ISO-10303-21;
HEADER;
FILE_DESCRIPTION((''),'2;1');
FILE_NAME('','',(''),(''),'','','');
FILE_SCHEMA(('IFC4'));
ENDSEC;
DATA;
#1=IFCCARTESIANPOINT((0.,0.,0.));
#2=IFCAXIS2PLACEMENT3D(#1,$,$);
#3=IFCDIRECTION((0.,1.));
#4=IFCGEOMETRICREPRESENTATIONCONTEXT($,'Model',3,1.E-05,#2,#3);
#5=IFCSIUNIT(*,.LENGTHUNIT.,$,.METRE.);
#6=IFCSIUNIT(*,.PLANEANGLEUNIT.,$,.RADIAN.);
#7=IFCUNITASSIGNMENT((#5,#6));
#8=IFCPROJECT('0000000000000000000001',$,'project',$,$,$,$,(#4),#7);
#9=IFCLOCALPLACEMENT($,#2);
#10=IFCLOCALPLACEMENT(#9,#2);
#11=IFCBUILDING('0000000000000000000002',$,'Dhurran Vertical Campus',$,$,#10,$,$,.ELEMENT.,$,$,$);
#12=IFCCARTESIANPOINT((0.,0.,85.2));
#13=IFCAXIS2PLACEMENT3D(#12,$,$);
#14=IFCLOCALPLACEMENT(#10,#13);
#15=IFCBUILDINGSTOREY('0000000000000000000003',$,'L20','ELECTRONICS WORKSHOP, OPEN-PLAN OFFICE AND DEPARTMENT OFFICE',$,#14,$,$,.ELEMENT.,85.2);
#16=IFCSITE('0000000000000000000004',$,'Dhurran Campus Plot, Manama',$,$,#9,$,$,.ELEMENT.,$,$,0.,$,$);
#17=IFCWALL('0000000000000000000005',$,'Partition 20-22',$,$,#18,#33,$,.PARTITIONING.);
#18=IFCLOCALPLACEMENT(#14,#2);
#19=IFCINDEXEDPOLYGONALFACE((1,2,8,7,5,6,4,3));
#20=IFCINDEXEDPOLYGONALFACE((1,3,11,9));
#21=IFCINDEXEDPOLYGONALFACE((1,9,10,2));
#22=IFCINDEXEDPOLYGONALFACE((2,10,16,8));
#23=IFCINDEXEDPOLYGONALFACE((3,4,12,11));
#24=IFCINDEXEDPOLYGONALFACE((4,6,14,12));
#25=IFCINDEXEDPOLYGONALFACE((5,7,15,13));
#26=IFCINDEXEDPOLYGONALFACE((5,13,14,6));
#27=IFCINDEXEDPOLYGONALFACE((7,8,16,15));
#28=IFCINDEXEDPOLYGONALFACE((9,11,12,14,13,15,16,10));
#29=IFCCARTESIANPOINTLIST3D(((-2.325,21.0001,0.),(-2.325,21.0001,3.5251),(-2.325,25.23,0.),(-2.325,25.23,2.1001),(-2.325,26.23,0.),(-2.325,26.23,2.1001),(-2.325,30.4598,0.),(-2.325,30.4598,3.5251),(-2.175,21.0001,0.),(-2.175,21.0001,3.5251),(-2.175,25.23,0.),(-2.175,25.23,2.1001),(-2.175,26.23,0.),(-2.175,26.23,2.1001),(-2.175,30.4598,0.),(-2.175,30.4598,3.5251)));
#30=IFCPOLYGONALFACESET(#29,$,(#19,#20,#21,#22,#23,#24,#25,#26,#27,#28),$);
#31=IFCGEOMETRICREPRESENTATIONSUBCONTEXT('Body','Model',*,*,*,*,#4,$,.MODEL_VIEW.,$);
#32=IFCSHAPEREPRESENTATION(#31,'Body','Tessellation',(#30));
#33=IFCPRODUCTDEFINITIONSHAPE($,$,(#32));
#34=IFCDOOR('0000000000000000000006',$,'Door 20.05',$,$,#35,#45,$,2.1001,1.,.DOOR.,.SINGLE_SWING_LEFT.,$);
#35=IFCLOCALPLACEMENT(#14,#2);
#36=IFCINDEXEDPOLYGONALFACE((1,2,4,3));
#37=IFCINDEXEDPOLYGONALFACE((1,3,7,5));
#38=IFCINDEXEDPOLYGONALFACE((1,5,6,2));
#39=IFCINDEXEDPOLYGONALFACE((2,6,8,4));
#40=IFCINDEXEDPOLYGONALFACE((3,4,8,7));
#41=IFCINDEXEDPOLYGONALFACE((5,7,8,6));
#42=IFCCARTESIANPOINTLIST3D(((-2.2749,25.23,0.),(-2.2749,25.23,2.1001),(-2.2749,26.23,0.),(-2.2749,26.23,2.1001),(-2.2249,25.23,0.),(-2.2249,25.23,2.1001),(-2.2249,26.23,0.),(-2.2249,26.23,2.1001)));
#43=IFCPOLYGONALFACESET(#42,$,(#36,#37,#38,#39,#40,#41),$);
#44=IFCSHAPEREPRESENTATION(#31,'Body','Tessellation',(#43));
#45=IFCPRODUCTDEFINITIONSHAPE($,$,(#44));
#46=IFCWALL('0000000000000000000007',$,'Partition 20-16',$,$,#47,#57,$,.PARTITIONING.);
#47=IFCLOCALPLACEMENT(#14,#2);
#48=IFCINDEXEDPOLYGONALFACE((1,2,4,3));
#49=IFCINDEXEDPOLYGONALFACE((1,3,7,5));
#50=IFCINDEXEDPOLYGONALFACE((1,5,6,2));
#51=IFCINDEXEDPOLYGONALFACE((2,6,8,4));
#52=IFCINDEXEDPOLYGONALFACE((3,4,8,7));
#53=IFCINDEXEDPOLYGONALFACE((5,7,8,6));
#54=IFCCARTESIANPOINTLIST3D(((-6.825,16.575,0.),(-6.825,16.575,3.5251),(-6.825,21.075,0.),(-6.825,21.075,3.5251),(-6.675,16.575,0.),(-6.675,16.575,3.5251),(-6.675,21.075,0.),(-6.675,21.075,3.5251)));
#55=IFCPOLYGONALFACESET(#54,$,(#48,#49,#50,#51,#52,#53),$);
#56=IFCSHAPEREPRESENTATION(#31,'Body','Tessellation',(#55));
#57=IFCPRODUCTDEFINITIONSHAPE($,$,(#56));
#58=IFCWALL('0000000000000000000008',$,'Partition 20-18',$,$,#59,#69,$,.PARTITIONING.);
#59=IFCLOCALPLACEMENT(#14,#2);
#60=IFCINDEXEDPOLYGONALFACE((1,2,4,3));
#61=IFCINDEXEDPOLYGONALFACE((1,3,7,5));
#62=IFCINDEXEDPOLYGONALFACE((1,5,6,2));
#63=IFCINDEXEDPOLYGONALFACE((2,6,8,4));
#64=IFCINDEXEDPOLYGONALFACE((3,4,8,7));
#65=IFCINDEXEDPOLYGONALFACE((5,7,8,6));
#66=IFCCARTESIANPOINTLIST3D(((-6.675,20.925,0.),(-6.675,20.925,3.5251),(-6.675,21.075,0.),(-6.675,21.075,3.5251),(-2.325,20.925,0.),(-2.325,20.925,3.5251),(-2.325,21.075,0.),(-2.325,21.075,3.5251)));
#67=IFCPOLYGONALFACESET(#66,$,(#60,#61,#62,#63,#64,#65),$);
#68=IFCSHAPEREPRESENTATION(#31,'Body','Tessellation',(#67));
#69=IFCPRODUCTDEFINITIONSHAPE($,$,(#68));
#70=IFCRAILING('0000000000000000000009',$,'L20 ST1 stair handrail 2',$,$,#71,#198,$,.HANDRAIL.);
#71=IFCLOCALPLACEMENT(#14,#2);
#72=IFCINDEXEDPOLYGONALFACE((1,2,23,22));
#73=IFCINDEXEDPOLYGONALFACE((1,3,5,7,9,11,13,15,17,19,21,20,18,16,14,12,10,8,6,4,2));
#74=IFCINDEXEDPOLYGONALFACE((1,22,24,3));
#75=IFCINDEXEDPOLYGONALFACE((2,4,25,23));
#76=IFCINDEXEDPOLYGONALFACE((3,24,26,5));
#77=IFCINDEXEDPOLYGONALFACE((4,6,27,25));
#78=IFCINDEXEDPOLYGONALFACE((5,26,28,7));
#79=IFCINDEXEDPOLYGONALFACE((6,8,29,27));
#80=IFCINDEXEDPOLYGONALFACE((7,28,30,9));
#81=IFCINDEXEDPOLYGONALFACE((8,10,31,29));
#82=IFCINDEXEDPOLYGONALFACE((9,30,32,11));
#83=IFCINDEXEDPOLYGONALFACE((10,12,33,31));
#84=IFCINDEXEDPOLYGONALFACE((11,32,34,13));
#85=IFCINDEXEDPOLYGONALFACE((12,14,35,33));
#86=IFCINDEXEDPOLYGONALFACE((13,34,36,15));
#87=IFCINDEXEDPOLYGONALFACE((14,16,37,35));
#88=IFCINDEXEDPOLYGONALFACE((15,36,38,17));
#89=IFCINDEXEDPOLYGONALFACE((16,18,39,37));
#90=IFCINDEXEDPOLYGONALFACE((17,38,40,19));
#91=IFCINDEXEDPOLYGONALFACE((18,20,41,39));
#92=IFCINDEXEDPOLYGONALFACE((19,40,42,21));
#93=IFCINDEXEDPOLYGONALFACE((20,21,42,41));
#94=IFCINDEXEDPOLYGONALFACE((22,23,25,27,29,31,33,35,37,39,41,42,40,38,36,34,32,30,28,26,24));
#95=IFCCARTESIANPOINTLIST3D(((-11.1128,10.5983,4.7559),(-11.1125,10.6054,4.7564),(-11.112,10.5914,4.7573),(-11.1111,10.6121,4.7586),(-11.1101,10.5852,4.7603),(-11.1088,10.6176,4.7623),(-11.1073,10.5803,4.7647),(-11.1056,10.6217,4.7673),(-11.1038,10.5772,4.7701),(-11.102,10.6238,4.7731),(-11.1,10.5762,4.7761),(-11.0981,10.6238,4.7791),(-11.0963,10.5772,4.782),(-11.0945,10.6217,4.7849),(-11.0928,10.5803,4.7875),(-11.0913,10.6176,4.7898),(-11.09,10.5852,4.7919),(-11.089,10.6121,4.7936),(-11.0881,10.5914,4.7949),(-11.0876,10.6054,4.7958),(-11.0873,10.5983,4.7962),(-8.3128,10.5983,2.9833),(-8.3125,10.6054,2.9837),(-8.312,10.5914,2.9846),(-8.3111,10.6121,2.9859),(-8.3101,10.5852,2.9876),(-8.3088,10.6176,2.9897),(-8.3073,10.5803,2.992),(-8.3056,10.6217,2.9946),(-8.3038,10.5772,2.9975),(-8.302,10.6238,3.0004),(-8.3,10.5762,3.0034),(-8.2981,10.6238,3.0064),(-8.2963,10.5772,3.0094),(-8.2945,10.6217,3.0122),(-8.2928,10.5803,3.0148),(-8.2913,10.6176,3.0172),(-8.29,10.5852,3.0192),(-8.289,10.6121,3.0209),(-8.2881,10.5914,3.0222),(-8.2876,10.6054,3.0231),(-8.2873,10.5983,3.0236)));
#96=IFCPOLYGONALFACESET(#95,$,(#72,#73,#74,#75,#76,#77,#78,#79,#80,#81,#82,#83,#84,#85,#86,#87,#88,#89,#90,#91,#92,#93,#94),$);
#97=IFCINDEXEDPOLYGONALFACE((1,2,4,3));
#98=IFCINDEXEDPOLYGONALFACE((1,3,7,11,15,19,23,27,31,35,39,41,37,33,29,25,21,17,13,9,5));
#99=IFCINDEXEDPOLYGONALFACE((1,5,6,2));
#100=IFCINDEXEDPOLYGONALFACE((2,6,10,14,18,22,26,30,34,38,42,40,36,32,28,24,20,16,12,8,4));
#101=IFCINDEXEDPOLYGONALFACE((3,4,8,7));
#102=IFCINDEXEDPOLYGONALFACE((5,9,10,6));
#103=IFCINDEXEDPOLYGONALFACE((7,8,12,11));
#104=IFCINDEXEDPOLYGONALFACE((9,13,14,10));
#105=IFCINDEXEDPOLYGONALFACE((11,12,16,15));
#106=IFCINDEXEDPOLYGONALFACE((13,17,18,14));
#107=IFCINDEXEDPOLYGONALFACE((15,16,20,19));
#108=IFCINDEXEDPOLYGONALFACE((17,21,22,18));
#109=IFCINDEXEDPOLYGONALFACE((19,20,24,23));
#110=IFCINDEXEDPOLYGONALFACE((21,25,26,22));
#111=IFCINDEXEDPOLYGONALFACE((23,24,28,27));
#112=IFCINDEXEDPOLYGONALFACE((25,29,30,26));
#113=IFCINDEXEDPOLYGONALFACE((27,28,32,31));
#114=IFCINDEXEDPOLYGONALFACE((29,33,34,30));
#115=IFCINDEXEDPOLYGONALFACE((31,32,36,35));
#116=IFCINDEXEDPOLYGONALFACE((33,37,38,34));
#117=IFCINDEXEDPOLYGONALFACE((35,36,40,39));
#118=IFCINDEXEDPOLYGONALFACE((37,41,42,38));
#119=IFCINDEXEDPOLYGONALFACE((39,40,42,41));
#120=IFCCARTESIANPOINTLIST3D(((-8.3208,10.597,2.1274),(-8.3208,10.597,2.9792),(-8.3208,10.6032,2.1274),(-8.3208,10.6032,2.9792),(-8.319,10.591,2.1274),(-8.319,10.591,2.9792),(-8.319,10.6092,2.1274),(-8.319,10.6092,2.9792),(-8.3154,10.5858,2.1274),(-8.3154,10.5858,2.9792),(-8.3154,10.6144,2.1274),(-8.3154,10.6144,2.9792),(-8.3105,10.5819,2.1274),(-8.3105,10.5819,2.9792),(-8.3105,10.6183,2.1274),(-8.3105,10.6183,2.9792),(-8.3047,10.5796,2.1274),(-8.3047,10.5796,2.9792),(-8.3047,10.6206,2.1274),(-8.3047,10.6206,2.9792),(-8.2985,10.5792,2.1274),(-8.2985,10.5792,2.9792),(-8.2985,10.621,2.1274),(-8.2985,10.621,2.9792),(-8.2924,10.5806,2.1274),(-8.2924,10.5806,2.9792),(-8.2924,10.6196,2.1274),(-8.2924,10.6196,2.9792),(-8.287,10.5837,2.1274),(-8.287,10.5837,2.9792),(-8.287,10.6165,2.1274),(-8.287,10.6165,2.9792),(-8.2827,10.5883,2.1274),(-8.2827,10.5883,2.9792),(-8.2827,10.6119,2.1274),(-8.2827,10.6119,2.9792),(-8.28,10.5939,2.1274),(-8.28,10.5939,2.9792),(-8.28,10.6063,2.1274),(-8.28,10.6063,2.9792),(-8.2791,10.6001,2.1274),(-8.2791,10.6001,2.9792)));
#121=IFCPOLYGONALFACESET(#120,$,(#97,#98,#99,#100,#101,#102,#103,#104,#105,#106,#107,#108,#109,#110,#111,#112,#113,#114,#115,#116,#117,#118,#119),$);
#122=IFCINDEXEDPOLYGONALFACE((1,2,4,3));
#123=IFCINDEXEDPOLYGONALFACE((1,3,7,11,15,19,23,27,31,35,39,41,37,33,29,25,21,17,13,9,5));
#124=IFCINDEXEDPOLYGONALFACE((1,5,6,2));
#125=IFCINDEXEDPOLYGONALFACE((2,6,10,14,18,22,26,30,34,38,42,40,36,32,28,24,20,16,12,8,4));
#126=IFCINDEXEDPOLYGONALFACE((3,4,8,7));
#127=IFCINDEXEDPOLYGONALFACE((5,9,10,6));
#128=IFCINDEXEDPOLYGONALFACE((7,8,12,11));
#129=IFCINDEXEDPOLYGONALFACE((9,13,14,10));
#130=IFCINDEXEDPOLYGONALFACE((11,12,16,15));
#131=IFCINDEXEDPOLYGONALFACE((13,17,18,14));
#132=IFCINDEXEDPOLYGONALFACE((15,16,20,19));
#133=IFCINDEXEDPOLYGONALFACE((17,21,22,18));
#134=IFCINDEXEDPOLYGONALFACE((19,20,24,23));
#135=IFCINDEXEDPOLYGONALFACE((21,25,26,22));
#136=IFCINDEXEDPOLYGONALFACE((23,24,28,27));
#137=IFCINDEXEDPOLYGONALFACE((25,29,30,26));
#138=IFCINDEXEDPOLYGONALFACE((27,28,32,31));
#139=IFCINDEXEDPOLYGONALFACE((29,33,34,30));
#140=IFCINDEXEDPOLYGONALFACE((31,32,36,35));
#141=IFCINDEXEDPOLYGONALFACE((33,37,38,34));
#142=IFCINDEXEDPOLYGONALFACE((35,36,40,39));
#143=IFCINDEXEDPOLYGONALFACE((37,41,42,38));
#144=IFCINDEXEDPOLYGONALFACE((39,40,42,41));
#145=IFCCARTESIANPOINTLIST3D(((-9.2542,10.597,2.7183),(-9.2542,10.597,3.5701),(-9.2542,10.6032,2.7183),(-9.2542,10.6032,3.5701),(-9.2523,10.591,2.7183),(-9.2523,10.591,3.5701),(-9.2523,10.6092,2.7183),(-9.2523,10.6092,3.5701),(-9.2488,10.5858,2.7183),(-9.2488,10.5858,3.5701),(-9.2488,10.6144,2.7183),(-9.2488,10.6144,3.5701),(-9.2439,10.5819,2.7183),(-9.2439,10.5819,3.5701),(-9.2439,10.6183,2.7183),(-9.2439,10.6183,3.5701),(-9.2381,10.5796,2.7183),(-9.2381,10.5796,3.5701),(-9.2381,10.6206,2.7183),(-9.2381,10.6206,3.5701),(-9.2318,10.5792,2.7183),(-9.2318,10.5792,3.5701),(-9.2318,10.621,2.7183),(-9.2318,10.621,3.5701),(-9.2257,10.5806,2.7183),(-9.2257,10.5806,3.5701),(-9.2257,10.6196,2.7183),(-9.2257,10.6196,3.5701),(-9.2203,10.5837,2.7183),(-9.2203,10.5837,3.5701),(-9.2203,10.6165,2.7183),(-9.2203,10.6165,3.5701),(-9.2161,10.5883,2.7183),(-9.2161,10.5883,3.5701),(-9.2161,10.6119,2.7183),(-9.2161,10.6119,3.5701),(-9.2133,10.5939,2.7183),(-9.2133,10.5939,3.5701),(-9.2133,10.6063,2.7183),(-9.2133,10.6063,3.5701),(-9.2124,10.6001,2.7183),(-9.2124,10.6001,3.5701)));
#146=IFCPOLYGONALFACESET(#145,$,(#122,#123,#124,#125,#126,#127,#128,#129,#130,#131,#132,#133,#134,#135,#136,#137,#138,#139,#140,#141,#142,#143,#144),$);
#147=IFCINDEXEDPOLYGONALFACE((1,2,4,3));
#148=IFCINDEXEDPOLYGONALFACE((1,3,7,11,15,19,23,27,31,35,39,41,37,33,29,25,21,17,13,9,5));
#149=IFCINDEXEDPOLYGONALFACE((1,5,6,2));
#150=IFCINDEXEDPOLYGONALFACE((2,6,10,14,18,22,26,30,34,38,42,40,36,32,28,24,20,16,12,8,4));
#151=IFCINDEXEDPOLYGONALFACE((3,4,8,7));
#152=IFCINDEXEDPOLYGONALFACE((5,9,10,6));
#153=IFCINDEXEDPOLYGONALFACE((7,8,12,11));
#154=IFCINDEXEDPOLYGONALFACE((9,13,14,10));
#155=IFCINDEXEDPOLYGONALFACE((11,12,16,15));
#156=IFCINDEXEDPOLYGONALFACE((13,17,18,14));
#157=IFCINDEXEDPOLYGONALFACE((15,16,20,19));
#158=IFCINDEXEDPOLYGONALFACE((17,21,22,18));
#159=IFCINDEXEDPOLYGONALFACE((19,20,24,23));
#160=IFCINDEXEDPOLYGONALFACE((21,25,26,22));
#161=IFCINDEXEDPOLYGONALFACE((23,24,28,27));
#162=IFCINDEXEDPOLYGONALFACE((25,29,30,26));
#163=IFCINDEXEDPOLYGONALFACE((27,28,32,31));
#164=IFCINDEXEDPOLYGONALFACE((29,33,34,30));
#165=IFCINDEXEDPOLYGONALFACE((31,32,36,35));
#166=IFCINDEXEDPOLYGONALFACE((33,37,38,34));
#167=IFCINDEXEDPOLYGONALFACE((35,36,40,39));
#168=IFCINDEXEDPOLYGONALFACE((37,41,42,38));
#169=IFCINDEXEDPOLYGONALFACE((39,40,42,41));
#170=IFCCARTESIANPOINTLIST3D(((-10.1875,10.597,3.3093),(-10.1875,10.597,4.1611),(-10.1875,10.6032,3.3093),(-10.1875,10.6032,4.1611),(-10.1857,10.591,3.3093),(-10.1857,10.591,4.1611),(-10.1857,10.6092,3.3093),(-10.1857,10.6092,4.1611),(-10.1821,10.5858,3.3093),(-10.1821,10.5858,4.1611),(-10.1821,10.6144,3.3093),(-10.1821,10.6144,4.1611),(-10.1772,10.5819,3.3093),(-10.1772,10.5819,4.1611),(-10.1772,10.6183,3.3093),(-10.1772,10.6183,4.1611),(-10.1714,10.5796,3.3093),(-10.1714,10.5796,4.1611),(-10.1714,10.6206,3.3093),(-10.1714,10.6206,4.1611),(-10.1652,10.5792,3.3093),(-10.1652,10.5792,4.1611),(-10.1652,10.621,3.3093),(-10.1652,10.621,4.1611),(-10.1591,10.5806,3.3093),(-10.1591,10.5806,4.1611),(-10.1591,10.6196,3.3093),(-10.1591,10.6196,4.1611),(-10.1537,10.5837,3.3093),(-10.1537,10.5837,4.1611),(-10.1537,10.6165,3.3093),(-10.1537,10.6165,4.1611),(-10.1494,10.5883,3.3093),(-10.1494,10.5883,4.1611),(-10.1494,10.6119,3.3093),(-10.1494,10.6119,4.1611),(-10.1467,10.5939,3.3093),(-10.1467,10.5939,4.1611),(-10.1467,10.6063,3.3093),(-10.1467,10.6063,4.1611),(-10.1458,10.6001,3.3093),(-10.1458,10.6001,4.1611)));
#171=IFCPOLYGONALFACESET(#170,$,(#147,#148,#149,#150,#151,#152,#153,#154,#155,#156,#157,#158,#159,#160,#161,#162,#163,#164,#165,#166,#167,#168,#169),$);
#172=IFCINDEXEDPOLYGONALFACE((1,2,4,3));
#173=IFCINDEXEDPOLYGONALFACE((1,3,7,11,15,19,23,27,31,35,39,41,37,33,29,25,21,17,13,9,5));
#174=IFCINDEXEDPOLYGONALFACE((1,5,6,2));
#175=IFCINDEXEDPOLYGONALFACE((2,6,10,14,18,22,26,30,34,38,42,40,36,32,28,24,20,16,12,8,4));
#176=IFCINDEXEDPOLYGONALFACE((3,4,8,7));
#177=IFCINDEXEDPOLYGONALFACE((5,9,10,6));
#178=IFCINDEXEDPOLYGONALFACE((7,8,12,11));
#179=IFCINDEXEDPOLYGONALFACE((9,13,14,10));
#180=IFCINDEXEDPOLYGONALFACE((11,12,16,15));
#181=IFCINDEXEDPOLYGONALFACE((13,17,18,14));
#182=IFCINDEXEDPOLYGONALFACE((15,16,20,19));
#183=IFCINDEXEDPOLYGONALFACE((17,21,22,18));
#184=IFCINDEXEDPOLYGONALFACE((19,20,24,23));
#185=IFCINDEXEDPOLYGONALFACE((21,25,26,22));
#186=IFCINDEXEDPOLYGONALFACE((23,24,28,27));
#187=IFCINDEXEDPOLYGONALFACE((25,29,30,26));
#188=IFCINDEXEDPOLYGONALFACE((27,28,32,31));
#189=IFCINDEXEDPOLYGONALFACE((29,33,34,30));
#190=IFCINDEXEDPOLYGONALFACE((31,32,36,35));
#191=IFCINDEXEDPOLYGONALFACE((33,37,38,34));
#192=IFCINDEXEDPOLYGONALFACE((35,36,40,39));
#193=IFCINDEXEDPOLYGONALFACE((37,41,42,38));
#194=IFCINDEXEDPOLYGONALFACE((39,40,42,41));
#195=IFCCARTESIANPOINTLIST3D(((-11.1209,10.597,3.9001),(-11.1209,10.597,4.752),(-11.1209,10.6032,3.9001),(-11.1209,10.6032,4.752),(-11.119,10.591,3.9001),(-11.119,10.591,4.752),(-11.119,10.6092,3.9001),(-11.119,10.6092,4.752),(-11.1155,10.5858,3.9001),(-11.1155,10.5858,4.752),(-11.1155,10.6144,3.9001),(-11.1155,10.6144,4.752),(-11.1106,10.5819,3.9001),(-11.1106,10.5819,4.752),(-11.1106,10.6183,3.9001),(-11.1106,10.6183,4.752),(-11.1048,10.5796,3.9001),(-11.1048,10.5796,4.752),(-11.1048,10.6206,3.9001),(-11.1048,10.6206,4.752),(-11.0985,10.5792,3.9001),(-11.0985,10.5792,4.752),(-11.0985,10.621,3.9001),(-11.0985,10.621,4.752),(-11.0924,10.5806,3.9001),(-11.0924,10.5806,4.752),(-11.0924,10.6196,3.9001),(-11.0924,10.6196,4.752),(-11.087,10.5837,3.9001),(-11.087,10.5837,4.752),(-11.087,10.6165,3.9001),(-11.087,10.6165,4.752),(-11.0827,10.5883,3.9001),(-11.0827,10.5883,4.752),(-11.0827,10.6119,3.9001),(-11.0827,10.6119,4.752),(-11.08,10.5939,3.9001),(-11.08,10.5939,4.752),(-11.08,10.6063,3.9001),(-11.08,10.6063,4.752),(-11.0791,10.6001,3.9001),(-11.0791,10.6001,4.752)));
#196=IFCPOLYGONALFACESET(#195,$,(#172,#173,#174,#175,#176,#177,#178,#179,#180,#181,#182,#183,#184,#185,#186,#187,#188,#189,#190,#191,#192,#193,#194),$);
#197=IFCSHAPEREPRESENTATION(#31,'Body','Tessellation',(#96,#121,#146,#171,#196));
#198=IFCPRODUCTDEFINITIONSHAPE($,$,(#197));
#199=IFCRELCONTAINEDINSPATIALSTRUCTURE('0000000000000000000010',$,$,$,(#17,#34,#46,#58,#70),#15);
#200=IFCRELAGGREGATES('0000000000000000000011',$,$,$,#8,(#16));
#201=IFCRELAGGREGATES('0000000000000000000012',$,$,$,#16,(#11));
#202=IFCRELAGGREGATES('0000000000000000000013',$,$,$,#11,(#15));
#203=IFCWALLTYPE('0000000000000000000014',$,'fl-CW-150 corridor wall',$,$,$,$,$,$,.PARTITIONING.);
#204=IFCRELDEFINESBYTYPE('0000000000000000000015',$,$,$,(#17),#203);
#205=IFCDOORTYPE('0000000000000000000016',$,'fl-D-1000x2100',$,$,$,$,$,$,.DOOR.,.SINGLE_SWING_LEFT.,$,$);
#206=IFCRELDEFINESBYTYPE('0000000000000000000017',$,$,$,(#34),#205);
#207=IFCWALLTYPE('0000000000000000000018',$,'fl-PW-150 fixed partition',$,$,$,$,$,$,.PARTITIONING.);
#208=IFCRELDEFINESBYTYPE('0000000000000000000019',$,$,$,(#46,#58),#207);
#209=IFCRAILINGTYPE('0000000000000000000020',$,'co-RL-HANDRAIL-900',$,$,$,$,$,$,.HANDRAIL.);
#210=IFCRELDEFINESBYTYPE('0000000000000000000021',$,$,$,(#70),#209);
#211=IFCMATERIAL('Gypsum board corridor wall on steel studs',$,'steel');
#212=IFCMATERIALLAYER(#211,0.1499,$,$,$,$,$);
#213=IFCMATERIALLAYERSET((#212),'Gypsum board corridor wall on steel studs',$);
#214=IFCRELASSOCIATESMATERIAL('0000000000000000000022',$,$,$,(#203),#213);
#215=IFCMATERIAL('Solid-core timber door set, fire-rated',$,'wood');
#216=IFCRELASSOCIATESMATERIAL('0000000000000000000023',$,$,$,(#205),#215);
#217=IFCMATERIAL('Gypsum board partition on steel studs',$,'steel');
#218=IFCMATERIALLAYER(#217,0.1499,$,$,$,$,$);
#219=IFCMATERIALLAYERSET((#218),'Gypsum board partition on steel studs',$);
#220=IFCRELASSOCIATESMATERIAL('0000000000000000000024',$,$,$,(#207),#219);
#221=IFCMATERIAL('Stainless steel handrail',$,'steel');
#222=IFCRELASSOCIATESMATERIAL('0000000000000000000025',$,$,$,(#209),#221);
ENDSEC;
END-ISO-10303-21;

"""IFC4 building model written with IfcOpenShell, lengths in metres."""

from ifc_helpers import new_model, si_unit, direction, frame, frame_2d, origin, origin_2d, place, context, subcontext, project, spatial, rectangle, circle, extrude, material, layer, layer_set, type_object, element, fill, save


model = new_model("IFC4")

# Units and contexts
model_context = context("Model", 3, precision=1e-05, world=origin(), true_north=direction((0.0, 1.0)))
body_context = subcontext(model_context, "Body", "Model", "MODEL_VIEW")
ifc_project = project(units=[si_unit("LENGTHUNIT", "METRE"), si_unit("PLANEANGLEUNIT", "RADIAN")], contexts=[model_context])

# Site, building, storey
site_placement = place(None, origin())
site = spatial("IfcSite", under=ifc_project, at=site_placement, Name="Dhurran Campus Plot, Manama", CompositionType="ELEMENT", RefElevation=0.0)
building_placement = place(site_placement, origin())
building = spatial("IfcBuilding", under=site, at=building_placement, Name="Dhurran Vertical Campus", CompositionType="ELEMENT")
storey_placement = place(building_placement, frame((0.0, 0.0, 85.2)))
storey = spatial("IfcBuildingStorey", under=building, at=storey_placement, Name="L20", Description="ELECTRONICS WORKSHOP, OPEN-PLAN OFFICE AND DEPARTMENT OFFICE", CompositionType="ELEMENT", Elevation=85.2)

# Shared definitions
ifc_material_1 = material(Name="Gypsum board corridor wall on steel studs", Category="steel")
ifc_layer_1 = layer(ifc_material_1, 0.1499)
ifc_layer_set_1 = layer_set([ifc_layer_1], Name="Gypsum board corridor wall on steel studs")
wall_type_1 = type_object("IfcWallType", Name="fl-CW-150 corridor wall", PredefinedType="PARTITIONING", material=ifc_layer_set_1)

# Shared definitions
ifc_material_2 = material(Name="Solid-core timber door set, fire-rated", Category="wood")
door_type_1 = type_object("IfcDoorType", Name="fl-D-1000x2100", OperationType="SINGLE_SWING_LEFT", PredefinedType="DOOR", material=ifc_material_2)

# Wall, opening, door
wall_1_placement = place(storey_placement, frame((-2.25, 21.0, 0.0), z_axis=(0.0, 0.0, 1.0), x_axis=(0.0, 1.0, 0.0)))
wall_1 = element("IfcWall", 1, at=wall_1_placement, inside=storey, type_object=wall_type_1, Name="Partition 20-22", PredefinedType="PARTITIONING", context=body_context, shape_type="SweptSolid", body=[
    extrude(rectangle(XDim=9.4597, YDim=0.1499, at=frame_2d((4.73, 0.0))), origin(), (0.0, 0.0, 1.0), 3.5251),
])
opening_1_placement = place(wall_1_placement, frame((4.23, 0.0, 0.0)))
opening_1 = element("IfcOpeningElement", 2, at=opening_1_placement, cuts=wall_1, PredefinedType="OPENING", context=body_context, shape_type="SweptSolid", body=[
    extrude(rectangle(XDim=1.0, YDim=2.1001, at=frame_2d((0.5, 1.05))), frame((0.0, 0.085, 0.0), z_axis=(0.0, -1.0, 0.0), x_axis=(1.0, 0.0, 0.0)), (0.0, 0.0, 1.0), 0.1699),
])
door_1_placement = place(opening_1_placement, origin())
door_1 = element("IfcDoor", 3, at=door_1_placement, inside=storey, type_object=door_type_1, Name="Door 20.05", OperationType="SINGLE_SWING_LEFT", OverallHeight=2.1001, OverallWidth=1.0, PredefinedType="DOOR", context=body_context, shape_type="SweptSolid", body=[
    extrude(rectangle(XDim=1.0, YDim=2.1001, at=frame_2d((0.5, 1.05))), frame((0.0, 0.0249, 0.0), z_axis=(0.0, -1.0, 0.0), x_axis=(1.0, 0.0, 0.0)), (0.0, 0.0, 1.0), 0.05),
])
fill(opening_1, door_1)

# Walls
ifc_material_3 = material(Name="Gypsum board partition on steel studs", Category="steel")
ifc_layer_2 = layer(ifc_material_3, 0.1499)
ifc_layer_set_2 = layer_set([ifc_layer_2], Name="Gypsum board partition on steel studs")
wall_type_2 = type_object("IfcWallType", Name="fl-PW-150 fixed partition", PredefinedType="PARTITIONING", material=ifc_layer_set_2)
wall_2_placement = place(storey_placement, frame((-6.75, 21.075, 0.0), z_axis=(0.0, 0.0, 1.0), x_axis=(0.0, -1.0, 0.0)))
element("IfcWall", 4, at=wall_2_placement, inside=storey, type_object=wall_type_2, Name="Partition 20-16", PredefinedType="PARTITIONING", context=body_context, shape_type="SweptSolid", body=[
    extrude(rectangle(XDim=4.5, YDim=0.1499, at=frame_2d((2.25, 0.0))), origin(), (0.0, 0.0, 1.0), 3.5251),
])
wall_3_placement = place(storey_placement, frame((-2.325, 21.0, 0.0), z_axis=(0.0, 0.0, 1.0), x_axis=(-1.0, 0.0, 0.0)))
element("IfcWall", 5, at=wall_3_placement, inside=storey, type_object=wall_type_2, Name="Partition 20-18", PredefinedType="PARTITIONING", context=body_context, shape_type="SweptSolid", body=[
    extrude(rectangle(XDim=4.3501, YDim=0.1499, at=frame_2d((2.175, 0.0))), origin(), (0.0, 0.0, 1.0), 3.5251),
])

# Railing
ifc_material_4 = material(Name="Stainless steel handrail", Category="steel")
railing_type = type_object("IfcRailingType", Name="co-RL-HANDRAIL-900", PredefinedType="HANDRAIL", material=ifc_material_4)
railing_placement = place(storey_placement, frame((-8.3, 10.6001, 2.1274)))
element("IfcRailing", 6, at=railing_placement, inside=storey, type_object=railing_type, Name="L20 ST1 stair handrail 2", PredefinedType="HANDRAIL", context=body_context, shape_type="SweptSolid", body=[
    extrude(circle(Radius=0.0239, at=origin_2d()), frame((0.0, 0.0, 0.876), z_axis=(-0.844909, 0.0, 0.53491), x_axis=(0.0, -1.0, 0.0)), (0.0, 0.0, 1.0), 3.314),
    extrude(circle(Radius=0.021, at=origin_2d()), origin(), (0.0, 0.0, 1.0), 0.8518),
    extrude(circle(Radius=0.021, at=origin_2d()), frame((-0.9333, 0.0, 0.5908)), (0.0, 0.0, 1.0), 0.8518),
    extrude(circle(Radius=0.021, at=origin_2d()), frame((-1.8667, 0.0, 1.1819)), (0.0, 0.0, 1.0), 0.8518),
    extrude(circle(Radius=0.021, at=origin_2d()), frame((-2.8, 0.0, 1.7727)), (0.0, 0.0, 1.0), 0.8518),
])

save(model, "model.ifc")
